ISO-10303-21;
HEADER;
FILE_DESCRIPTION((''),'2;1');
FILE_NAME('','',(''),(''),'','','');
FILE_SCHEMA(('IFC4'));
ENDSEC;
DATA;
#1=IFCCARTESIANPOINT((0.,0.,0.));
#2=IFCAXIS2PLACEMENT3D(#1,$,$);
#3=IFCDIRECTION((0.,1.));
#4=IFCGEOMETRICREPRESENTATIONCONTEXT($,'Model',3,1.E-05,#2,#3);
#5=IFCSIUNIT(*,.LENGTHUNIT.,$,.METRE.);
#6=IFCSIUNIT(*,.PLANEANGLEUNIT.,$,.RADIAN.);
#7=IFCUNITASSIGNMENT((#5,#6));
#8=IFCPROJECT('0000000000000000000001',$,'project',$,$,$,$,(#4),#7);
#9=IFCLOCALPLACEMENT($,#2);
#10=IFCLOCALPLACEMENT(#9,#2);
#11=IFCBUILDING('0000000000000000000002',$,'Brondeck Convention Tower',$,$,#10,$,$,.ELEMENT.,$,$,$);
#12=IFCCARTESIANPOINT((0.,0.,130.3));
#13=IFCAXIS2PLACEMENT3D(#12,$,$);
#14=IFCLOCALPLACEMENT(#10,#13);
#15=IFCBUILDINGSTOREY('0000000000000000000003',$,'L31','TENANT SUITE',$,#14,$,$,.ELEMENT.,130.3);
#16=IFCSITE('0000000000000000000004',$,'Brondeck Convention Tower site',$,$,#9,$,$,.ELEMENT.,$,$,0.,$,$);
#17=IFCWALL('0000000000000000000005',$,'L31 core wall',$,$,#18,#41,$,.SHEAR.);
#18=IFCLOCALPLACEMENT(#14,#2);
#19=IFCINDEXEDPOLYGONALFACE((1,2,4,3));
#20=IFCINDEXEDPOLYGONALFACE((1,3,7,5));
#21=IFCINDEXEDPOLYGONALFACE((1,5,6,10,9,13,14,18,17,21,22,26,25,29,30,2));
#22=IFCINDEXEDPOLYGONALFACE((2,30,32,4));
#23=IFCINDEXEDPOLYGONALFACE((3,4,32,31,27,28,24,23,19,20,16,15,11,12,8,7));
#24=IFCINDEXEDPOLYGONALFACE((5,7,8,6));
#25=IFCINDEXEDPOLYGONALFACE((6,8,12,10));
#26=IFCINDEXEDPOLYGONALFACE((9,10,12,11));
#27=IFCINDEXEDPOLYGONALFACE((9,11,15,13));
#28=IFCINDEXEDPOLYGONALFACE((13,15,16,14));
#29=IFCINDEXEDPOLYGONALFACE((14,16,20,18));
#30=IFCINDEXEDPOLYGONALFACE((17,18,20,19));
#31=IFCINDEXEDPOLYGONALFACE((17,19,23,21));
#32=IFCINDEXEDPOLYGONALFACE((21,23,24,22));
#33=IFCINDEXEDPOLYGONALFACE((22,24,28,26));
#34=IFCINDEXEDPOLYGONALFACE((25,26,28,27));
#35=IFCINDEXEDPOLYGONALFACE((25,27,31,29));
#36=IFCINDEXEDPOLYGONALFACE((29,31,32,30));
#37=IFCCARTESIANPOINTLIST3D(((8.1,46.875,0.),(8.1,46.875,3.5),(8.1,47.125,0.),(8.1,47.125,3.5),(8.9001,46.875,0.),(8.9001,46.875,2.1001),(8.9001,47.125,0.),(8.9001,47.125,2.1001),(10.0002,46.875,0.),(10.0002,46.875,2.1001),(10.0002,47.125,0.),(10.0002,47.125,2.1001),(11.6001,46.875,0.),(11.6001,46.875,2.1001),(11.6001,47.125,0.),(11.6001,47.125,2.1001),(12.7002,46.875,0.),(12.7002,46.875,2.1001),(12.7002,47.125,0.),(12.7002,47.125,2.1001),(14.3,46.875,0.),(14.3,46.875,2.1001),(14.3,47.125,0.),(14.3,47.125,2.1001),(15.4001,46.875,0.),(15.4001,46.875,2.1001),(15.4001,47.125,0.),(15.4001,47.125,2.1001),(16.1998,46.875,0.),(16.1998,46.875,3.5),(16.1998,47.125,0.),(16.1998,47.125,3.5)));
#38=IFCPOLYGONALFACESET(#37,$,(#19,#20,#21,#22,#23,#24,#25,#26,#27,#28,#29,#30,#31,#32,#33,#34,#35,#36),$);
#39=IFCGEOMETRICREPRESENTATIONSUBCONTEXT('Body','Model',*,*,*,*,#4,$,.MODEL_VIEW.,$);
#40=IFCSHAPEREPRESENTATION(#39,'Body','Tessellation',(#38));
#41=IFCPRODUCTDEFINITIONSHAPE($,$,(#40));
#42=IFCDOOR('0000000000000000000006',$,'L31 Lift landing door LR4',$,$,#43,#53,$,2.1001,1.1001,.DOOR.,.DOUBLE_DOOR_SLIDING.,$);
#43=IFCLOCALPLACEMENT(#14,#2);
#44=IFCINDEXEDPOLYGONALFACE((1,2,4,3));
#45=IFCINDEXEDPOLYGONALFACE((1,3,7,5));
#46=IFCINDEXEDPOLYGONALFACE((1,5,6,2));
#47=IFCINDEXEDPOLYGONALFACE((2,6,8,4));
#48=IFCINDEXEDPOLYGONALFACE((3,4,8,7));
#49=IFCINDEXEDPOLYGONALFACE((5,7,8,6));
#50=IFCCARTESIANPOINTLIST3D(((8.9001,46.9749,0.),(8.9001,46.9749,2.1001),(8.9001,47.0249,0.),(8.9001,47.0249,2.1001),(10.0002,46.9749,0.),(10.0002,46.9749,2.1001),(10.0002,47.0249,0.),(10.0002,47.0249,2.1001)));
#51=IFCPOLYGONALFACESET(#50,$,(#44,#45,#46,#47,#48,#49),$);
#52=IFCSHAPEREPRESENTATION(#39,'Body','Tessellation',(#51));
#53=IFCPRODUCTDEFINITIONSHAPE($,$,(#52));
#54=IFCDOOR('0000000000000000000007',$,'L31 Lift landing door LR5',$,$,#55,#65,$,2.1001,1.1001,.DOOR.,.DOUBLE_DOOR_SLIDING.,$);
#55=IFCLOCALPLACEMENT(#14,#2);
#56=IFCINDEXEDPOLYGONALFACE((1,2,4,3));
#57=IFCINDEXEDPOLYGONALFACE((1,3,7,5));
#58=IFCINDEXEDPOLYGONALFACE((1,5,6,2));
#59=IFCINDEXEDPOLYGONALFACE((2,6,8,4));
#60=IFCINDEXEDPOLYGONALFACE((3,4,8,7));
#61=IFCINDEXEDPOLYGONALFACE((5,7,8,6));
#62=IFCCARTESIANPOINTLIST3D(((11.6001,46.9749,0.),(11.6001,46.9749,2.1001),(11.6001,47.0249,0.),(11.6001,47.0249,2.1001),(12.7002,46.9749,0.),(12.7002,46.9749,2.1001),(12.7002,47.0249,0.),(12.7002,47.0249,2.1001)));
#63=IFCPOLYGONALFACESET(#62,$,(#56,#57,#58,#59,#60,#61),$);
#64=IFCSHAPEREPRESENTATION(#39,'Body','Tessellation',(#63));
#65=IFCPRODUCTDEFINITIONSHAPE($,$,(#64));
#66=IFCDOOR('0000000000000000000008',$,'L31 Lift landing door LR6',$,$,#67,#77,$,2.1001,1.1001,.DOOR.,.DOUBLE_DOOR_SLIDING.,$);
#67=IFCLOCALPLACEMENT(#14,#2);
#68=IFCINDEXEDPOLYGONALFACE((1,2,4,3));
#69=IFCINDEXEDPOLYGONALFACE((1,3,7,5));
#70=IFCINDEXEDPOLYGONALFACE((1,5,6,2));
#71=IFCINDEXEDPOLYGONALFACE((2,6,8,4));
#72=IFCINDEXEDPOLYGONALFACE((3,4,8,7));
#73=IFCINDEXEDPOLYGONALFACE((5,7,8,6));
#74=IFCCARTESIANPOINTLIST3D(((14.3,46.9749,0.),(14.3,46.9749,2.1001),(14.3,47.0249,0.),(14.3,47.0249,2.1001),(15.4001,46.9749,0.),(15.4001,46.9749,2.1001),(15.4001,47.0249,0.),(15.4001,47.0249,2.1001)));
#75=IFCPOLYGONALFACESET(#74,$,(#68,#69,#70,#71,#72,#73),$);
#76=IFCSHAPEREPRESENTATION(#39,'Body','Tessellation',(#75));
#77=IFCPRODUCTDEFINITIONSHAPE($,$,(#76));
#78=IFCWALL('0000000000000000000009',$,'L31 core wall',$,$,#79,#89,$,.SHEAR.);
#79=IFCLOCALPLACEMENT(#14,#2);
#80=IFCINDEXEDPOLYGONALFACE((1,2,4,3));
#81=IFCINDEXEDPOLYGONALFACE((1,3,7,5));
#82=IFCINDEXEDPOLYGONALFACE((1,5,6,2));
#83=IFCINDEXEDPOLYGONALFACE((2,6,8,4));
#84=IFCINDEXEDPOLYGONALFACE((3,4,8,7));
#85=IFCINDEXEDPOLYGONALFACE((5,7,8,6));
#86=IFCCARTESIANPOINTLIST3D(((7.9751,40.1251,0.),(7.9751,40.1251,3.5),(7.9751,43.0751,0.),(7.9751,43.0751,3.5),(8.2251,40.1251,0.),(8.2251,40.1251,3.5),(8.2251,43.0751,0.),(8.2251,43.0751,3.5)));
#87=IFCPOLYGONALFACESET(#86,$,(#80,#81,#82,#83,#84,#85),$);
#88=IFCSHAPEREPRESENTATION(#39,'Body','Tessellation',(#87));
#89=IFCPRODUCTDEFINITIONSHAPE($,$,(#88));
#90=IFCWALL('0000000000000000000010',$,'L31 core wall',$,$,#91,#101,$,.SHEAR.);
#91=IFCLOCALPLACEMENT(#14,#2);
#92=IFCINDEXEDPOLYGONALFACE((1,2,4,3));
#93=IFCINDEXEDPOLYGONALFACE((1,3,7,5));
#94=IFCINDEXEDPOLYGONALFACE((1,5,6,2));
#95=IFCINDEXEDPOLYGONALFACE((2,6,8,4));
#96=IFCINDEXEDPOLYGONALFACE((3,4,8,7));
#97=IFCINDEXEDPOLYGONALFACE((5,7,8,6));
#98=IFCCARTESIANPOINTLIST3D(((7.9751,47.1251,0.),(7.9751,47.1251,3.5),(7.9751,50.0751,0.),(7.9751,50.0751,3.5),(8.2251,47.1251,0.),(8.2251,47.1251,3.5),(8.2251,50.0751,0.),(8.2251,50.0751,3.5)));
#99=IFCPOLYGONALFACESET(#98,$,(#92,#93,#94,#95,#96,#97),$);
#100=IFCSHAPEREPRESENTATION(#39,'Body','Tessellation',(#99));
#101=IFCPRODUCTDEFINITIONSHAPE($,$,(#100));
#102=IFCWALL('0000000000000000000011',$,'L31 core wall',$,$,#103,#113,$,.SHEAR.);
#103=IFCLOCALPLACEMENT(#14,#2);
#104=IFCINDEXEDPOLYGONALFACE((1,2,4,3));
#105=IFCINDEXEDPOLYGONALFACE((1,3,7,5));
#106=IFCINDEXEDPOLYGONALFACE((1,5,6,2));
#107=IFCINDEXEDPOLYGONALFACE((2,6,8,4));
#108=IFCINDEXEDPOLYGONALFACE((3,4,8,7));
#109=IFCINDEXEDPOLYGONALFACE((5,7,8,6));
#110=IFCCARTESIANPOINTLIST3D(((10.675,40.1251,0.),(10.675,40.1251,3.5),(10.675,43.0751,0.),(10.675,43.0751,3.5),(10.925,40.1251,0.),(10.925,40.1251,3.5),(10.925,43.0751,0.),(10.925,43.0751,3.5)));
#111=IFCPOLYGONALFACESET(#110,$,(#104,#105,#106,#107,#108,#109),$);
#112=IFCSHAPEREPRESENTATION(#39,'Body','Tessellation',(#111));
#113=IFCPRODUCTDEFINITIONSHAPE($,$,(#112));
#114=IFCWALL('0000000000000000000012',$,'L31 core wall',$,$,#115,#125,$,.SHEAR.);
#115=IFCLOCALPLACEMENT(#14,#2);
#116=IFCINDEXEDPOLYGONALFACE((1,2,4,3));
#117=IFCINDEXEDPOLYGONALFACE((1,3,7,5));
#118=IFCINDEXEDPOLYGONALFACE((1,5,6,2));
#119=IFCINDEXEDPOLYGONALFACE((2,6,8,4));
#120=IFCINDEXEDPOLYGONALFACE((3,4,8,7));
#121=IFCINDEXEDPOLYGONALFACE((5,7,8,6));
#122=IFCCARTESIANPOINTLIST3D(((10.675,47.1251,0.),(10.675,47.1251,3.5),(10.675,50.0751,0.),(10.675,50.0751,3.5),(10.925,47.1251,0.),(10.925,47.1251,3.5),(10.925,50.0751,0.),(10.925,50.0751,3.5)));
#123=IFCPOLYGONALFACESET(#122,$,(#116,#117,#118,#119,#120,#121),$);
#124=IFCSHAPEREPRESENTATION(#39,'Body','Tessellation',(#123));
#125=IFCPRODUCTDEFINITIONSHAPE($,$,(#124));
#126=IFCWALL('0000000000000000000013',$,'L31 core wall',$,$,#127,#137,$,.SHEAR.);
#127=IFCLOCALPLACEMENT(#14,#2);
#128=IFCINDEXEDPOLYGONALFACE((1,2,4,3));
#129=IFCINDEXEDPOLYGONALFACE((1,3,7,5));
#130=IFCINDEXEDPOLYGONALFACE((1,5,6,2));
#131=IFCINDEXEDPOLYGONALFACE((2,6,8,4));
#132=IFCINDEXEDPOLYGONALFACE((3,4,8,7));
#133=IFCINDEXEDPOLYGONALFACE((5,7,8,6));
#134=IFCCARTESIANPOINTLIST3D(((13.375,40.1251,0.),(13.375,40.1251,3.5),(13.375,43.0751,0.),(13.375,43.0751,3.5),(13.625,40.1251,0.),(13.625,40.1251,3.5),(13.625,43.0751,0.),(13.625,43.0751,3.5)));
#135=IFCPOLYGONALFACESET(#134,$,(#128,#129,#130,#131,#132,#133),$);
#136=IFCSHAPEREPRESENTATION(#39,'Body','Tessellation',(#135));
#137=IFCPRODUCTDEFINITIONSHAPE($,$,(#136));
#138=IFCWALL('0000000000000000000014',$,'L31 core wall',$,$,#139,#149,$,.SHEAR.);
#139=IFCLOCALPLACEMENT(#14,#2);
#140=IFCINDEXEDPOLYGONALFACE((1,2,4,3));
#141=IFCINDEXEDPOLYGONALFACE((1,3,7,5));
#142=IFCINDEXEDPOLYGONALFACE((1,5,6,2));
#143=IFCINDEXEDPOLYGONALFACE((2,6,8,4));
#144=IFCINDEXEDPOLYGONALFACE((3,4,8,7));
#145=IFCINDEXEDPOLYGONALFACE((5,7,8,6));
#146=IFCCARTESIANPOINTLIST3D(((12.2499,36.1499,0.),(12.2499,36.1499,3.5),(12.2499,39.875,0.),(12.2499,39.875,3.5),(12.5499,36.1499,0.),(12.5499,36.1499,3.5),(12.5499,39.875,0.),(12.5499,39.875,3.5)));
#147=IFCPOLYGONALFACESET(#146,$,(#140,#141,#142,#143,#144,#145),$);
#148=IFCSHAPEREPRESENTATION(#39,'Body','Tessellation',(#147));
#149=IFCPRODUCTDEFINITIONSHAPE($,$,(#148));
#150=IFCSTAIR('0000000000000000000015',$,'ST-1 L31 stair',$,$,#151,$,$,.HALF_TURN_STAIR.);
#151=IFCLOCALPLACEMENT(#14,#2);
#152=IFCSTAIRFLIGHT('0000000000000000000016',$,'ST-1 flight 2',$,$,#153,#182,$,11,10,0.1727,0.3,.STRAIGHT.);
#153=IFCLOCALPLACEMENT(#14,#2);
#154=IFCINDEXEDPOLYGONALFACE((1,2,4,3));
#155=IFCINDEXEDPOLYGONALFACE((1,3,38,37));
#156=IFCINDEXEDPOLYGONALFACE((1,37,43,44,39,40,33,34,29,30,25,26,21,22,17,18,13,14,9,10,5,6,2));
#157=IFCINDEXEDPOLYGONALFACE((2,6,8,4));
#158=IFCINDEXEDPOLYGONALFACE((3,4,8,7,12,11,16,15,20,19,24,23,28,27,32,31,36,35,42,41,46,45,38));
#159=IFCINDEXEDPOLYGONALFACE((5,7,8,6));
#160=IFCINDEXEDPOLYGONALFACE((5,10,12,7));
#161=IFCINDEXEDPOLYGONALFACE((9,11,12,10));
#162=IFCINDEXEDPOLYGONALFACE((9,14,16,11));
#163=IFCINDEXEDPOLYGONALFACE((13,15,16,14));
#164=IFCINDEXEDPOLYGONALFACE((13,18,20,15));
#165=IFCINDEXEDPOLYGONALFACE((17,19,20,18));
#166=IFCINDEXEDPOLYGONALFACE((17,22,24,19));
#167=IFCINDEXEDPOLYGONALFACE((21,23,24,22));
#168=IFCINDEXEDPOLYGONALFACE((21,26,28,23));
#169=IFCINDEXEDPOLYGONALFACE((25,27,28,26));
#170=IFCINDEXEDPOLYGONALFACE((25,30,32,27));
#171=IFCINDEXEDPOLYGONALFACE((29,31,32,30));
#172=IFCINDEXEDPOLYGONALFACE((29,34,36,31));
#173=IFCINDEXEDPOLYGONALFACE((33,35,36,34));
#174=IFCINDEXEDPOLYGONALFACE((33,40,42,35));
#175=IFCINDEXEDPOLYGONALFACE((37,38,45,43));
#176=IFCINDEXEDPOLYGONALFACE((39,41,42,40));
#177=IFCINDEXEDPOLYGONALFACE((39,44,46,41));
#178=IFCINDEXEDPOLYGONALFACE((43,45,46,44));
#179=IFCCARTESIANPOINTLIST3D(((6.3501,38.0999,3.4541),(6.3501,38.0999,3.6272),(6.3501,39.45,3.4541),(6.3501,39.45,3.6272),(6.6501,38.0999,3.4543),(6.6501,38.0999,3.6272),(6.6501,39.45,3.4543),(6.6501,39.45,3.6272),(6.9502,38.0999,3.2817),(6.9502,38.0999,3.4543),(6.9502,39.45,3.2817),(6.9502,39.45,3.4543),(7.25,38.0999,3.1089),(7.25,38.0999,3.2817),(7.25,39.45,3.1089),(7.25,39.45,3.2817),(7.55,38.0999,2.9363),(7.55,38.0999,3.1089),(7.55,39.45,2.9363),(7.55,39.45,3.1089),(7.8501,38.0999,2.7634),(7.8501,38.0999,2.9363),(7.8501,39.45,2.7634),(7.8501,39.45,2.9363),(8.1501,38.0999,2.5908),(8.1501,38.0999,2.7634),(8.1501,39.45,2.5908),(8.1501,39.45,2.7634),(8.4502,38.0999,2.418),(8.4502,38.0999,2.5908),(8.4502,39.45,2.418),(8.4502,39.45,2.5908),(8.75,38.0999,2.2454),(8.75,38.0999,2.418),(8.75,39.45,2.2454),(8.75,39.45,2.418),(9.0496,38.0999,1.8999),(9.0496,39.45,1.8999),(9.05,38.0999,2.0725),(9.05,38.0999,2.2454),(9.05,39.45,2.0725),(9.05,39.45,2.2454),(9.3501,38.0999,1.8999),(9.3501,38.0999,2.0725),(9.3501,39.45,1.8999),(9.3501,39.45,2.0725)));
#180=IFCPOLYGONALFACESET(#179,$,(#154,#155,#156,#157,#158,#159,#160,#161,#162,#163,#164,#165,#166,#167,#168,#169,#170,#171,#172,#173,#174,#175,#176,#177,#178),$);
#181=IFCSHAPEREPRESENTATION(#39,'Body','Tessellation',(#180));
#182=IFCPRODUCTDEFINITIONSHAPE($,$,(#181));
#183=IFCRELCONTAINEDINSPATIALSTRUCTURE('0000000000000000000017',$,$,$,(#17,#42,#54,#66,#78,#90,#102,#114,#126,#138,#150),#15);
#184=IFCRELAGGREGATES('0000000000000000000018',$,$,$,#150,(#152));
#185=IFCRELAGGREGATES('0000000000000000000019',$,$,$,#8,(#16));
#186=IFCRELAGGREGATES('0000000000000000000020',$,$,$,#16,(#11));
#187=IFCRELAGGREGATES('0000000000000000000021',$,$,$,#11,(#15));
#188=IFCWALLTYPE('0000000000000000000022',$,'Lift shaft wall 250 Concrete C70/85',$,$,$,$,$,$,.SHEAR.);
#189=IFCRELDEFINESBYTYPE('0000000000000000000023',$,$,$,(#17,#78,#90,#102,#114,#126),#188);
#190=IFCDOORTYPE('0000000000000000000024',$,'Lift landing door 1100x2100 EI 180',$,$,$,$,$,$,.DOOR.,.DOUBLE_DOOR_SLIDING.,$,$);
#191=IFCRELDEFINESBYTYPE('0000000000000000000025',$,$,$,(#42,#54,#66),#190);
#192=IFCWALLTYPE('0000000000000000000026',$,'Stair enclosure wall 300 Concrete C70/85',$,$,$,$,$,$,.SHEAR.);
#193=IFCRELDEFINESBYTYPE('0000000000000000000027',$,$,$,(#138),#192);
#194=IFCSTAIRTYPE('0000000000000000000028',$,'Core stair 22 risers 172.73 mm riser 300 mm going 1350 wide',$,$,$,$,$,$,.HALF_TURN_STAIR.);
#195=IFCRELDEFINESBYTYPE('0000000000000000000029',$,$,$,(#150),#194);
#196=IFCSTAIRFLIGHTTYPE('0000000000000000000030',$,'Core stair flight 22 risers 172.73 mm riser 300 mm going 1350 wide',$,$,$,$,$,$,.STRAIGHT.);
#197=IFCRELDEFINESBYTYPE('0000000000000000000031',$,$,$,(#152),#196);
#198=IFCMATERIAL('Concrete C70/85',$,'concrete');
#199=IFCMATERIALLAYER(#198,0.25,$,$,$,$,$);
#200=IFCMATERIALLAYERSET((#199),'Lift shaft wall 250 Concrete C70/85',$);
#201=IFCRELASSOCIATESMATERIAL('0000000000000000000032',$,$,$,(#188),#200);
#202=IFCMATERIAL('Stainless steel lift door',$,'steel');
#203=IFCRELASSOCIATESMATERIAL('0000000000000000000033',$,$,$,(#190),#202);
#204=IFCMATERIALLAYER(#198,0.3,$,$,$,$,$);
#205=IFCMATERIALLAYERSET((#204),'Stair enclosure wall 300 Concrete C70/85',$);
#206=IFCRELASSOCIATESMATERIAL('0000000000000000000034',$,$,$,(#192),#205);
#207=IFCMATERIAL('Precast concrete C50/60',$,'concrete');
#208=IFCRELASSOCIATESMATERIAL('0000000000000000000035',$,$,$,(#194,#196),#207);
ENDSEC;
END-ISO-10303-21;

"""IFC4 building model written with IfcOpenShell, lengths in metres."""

from ifc_helpers import new_model, si_unit, direction, frame, frame_2d, origin, place, context, subcontext, project, spatial, polyline, rectangle, outline, extrude, material, layer, layer_set, type_object, element, fill, aggregate, save


model = new_model("IFC4")

# Units and contexts
model_context = context("Model", 3, precision=1e-05, world=origin(), true_north=direction((0.0, 1.0)))
body_context = subcontext(model_context, "Body", "Model", "MODEL_VIEW")
ifc_project = project(units=[si_unit("LENGTHUNIT", "METRE"), si_unit("PLANEANGLEUNIT", "RADIAN")], contexts=[model_context])

# Site, building, storey
site_placement = place(None, origin())
site = spatial("IfcSite", under=ifc_project, at=site_placement, Name="Brondeck Convention Tower site", CompositionType="ELEMENT", RefElevation=0.0)
building_placement = place(site_placement, origin())
building = spatial("IfcBuilding", under=site, at=building_placement, Name="Brondeck Convention Tower", CompositionType="ELEMENT")
storey_placement = place(building_placement, frame((0.0, 0.0, 130.3)))
storey = spatial("IfcBuildingStorey", under=building, at=storey_placement, Name="L31", Description="TENANT SUITE", CompositionType="ELEMENT", Elevation=130.3)

# Shared definitions
ifc_material_1 = material(Name="Concrete C70/85", Category="concrete")

# Shared definitions
ifc_layer_1 = layer(ifc_material_1, 0.25)
ifc_layer_set_1 = layer_set([ifc_layer_1], Name="Lift shaft wall 250 Concrete C70/85")
wall_type_1 = type_object("IfcWallType", Name="Lift shaft wall 250 Concrete C70/85", PredefinedType="SHEAR", material=ifc_layer_set_1)

# Wall, openings, doors
ifc_material_2 = material(Name="Stainless steel lift door", Category="steel")
door_type_1 = type_object("IfcDoorType", Name="Lift landing door 1100x2100 EI 180", OperationType="DOUBLE_DOOR_SLIDING", PredefinedType="DOOR", material=ifc_material_2)
wall_1_placement = place(storey_placement, frame((8.1001, 47.0, 0.0), z_axis=(0.0, 0.0, 1.0), x_axis=(1.0, 0.0, 0.0)))
wall_1 = element("IfcWall", 1, at=wall_1_placement, inside=storey, type_object=wall_type_1, Name="L31 core wall", PredefinedType="SHEAR", context=body_context, shape_type="SweptSolid", body=[
    extrude(rectangle(XDim=8.0999, YDim=0.25, at=frame_2d((4.0498, 0.0))), origin(), (0.0, 0.0, 1.0), 3.5),
])
opening_1_placement = place(wall_1_placement, frame((0.8, 0.0, 0.0)))
opening_1 = element("IfcOpeningElement", 2, at=opening_1_placement, cuts=wall_1, PredefinedType="OPENING", context=body_context, shape_type="SweptSolid", body=[
    extrude(rectangle(XDim=1.1001, YDim=2.1001, at=frame_2d((0.55, 1.05))), frame((0.0, 0.135, 0.0), z_axis=(0.0, -1.0, 0.0), x_axis=(1.0, 0.0, 0.0)), (0.0, 0.0, 1.0), 0.27),
])
opening_2_placement = place(wall_1_placement, frame((3.5, 0.0, 0.0)))
opening_2 = element("IfcOpeningElement", 3, at=opening_2_placement, cuts=wall_1, PredefinedType="OPENING", context=body_context, shape_type="SweptSolid", body=[
    extrude(rectangle(XDim=1.1001, YDim=2.1001, at=frame_2d((0.55, 1.05))), frame((0.0, 0.135, 0.0), z_axis=(0.0, -1.0, 0.0), x_axis=(1.0, 0.0, 0.0)), (0.0, 0.0, 1.0), 0.27),
])
opening_3_placement = place(wall_1_placement, frame((6.2, 0.0, 0.0)))
opening_3 = element("IfcOpeningElement", 4, at=opening_3_placement, cuts=wall_1, PredefinedType="OPENING", context=body_context, shape_type="SweptSolid", body=[
    extrude(rectangle(XDim=1.1001, YDim=2.1001, at=frame_2d((0.55, 1.05))), frame((0.0, 0.135, 0.0), z_axis=(0.0, -1.0, 0.0), x_axis=(1.0, 0.0, 0.0)), (0.0, 0.0, 1.0), 0.27),
])
door_1_placement = place(opening_1_placement, origin())
door_1 = element("IfcDoor", 5, at=door_1_placement, inside=storey, type_object=door_type_1, Name="L31 Lift landing door LR4", OperationType="DOUBLE_DOOR_SLIDING", OverallHeight=2.1001, OverallWidth=1.1001, PredefinedType="DOOR", context=body_context, shape_type="SweptSolid", body=[
    extrude(rectangle(XDim=1.1001, YDim=2.1001, at=frame_2d((0.55, 1.05))), frame((0.0, 0.0249, 0.0), z_axis=(0.0, -1.0, 0.0), x_axis=(1.0, 0.0, 0.0)), (0.0, 0.0, 1.0), 0.05),
])
fill(opening_1, door_1)
door_2_placement = place(opening_2_placement, origin())
door_2 = element("IfcDoor", 6, at=door_2_placement, inside=storey, type_object=door_type_1, Name="L31 Lift landing door LR5", OperationType="DOUBLE_DOOR_SLIDING", OverallHeight=2.1001, OverallWidth=1.1001, PredefinedType="DOOR", context=body_context, shape_type="SweptSolid", body=[
    extrude(rectangle(XDim=1.1001, YDim=2.1001, at=frame_2d((0.55, 1.05))), frame((0.0, 0.0249, 0.0), z_axis=(0.0, -1.0, 0.0), x_axis=(1.0, 0.0, 0.0)), (0.0, 0.0, 1.0), 0.05),
])
fill(opening_2, door_2)
door_3_placement = place(opening_3_placement, origin())
door_3 = element("IfcDoor", 7, at=door_3_placement, inside=storey, type_object=door_type_1, Name="L31 Lift landing door LR6", OperationType="DOUBLE_DOOR_SLIDING", OverallHeight=2.1001, OverallWidth=1.1001, PredefinedType="DOOR", context=body_context, shape_type="SweptSolid", body=[
    extrude(rectangle(XDim=1.1001, YDim=2.1001, at=frame_2d((0.55, 1.05))), frame((0.0, 0.0249, 0.0), z_axis=(0.0, -1.0, 0.0), x_axis=(1.0, 0.0, 0.0)), (0.0, 0.0, 1.0), 0.05),
])
fill(opening_3, door_3)

# Walls
for number, where, z_axis, x_axis, name in (
    (8, (8.1001, 40.125, 0.0), (0.0, 0.0, 1.0), (0.0, 1.0, 0.0), "L31 core wall"),
    (9, (8.1001, 47.125, 0.0), (0.0, 0.0, 1.0), (0.0, 1.0, 0.0), "L31 core wall"),
    (10, (10.8, 40.125, 0.0), (0.0, 0.0, 1.0), (0.0, 1.0, 0.0), "L31 core wall"),
    (11, (10.8, 47.125, 0.0), (0.0, 0.0, 1.0), (0.0, 1.0, 0.0), "L31 core wall"),
    (12, (13.5, 40.125, 0.0), (0.0, 0.0, 1.0), (0.0, 1.0, 0.0), "L31 core wall"),
):
    element("IfcWall", number, at=place(storey_placement, frame(where, z_axis=z_axis, x_axis=x_axis)), inside=storey, type_object=wall_type_1, Name=name, PredefinedType="SHEAR", context=body_context, shape_type="SweptSolid", body=[
        extrude(rectangle(XDim=2.95, YDim=0.25, at=frame_2d((1.4751, 0.0))), origin(), (0.0, 0.0, 1.0), 3.5),
    ])
ifc_layer_2 = layer(ifc_material_1, 0.3)
ifc_layer_set_2 = layer_set([ifc_layer_2], Name="Stair enclosure wall 300 Concrete C70/85")
wall_type_2 = type_object("IfcWallType", Name="Stair enclosure wall 300 Concrete C70/85", PredefinedType="SHEAR", material=ifc_layer_set_2)
wall_2_placement = place(storey_placement, frame((12.3999, 36.1499, 0.0), z_axis=(0.0, 0.0, 1.0), x_axis=(0.0, 1.0, 0.0)))
element("IfcWall", 13, at=wall_2_placement, inside=storey, type_object=wall_type_2, Name="L31 core wall", PredefinedType="SHEAR", context=body_context, shape_type="SweptSolid", body=[
    extrude(rectangle(XDim=3.7251, YDim=0.3, at=frame_2d((1.8625, 0.0))), origin(), (0.0, 0.0, 1.0), 3.5),
])

# Stair, stair flight
ifc_material_3 = material(Name="Precast concrete C50/60", Category="concrete")
stair_type = type_object("IfcStairType", Name="Core stair 22 risers 172.73 mm riser 300 mm going 1350 wide", PredefinedType="HALF_TURN_STAIR", material=ifc_material_3)
stair_placement = place(storey_placement, origin())
stair = element("IfcStair", 14, at=stair_placement, inside=storey, type_object=stair_type, Name="ST-1 L31 stair", PredefinedType="HALF_TURN_STAIR")
stair_flight_type = type_object("IfcStairFlightType", Name="Core stair flight 22 risers 172.73 mm riser 300 mm going 1350 wide", PredefinedType="STRAIGHT", material=ifc_material_3)
stair_flight_placement = place(storey_placement, frame((9.3501, 38.7749, 1.8999), z_axis=(0.0, 0.0, 1.0), x_axis=(-1.0, 0.0, 0.0)))
stair_flight = element("IfcStairFlight", 15, at=stair_flight_placement, type_object=stair_flight_type, Name="ST-1 flight 2", NumberOfRisers=11, NumberOfTreads=10, PredefinedType="STRAIGHT", RiserHeight=0.1727, TreadLength=0.3, context=body_context, shape_type="SweptSolid", body=[
    extrude(outline(polyline([(0.0, 0.0), (0.0, 0.1726), (0.3, 0.1726), (0.3, 0.3455), (0.6001, 0.3455), (0.6001, 0.5181), (0.8999, 0.5181), (0.8999, 0.6909), (1.2, 0.6909), (1.2, 0.8635), (1.5, 0.8635), (1.5, 1.0364), (1.8, 1.0364), (1.8, 1.209), (2.1001, 1.209), (2.1001, 1.3818), (2.3999, 1.3818), (2.3999, 1.5544), (2.7, 1.5544), (2.7, 1.7273), (3.0, 1.7273), (3.0, 1.8999), (3.0, 1.5542), (0.3005, 0.0), (0.0, 0.0)])), frame((0.0, 0.675, 0.0), z_axis=(0.0, -1.0, 0.0), x_axis=(1.0, 0.0, 0.0)), (0.0, 0.0, 1.0), 1.3501),
])
aggregate(stair, [stair_flight])

save(model, "model.ifc")
